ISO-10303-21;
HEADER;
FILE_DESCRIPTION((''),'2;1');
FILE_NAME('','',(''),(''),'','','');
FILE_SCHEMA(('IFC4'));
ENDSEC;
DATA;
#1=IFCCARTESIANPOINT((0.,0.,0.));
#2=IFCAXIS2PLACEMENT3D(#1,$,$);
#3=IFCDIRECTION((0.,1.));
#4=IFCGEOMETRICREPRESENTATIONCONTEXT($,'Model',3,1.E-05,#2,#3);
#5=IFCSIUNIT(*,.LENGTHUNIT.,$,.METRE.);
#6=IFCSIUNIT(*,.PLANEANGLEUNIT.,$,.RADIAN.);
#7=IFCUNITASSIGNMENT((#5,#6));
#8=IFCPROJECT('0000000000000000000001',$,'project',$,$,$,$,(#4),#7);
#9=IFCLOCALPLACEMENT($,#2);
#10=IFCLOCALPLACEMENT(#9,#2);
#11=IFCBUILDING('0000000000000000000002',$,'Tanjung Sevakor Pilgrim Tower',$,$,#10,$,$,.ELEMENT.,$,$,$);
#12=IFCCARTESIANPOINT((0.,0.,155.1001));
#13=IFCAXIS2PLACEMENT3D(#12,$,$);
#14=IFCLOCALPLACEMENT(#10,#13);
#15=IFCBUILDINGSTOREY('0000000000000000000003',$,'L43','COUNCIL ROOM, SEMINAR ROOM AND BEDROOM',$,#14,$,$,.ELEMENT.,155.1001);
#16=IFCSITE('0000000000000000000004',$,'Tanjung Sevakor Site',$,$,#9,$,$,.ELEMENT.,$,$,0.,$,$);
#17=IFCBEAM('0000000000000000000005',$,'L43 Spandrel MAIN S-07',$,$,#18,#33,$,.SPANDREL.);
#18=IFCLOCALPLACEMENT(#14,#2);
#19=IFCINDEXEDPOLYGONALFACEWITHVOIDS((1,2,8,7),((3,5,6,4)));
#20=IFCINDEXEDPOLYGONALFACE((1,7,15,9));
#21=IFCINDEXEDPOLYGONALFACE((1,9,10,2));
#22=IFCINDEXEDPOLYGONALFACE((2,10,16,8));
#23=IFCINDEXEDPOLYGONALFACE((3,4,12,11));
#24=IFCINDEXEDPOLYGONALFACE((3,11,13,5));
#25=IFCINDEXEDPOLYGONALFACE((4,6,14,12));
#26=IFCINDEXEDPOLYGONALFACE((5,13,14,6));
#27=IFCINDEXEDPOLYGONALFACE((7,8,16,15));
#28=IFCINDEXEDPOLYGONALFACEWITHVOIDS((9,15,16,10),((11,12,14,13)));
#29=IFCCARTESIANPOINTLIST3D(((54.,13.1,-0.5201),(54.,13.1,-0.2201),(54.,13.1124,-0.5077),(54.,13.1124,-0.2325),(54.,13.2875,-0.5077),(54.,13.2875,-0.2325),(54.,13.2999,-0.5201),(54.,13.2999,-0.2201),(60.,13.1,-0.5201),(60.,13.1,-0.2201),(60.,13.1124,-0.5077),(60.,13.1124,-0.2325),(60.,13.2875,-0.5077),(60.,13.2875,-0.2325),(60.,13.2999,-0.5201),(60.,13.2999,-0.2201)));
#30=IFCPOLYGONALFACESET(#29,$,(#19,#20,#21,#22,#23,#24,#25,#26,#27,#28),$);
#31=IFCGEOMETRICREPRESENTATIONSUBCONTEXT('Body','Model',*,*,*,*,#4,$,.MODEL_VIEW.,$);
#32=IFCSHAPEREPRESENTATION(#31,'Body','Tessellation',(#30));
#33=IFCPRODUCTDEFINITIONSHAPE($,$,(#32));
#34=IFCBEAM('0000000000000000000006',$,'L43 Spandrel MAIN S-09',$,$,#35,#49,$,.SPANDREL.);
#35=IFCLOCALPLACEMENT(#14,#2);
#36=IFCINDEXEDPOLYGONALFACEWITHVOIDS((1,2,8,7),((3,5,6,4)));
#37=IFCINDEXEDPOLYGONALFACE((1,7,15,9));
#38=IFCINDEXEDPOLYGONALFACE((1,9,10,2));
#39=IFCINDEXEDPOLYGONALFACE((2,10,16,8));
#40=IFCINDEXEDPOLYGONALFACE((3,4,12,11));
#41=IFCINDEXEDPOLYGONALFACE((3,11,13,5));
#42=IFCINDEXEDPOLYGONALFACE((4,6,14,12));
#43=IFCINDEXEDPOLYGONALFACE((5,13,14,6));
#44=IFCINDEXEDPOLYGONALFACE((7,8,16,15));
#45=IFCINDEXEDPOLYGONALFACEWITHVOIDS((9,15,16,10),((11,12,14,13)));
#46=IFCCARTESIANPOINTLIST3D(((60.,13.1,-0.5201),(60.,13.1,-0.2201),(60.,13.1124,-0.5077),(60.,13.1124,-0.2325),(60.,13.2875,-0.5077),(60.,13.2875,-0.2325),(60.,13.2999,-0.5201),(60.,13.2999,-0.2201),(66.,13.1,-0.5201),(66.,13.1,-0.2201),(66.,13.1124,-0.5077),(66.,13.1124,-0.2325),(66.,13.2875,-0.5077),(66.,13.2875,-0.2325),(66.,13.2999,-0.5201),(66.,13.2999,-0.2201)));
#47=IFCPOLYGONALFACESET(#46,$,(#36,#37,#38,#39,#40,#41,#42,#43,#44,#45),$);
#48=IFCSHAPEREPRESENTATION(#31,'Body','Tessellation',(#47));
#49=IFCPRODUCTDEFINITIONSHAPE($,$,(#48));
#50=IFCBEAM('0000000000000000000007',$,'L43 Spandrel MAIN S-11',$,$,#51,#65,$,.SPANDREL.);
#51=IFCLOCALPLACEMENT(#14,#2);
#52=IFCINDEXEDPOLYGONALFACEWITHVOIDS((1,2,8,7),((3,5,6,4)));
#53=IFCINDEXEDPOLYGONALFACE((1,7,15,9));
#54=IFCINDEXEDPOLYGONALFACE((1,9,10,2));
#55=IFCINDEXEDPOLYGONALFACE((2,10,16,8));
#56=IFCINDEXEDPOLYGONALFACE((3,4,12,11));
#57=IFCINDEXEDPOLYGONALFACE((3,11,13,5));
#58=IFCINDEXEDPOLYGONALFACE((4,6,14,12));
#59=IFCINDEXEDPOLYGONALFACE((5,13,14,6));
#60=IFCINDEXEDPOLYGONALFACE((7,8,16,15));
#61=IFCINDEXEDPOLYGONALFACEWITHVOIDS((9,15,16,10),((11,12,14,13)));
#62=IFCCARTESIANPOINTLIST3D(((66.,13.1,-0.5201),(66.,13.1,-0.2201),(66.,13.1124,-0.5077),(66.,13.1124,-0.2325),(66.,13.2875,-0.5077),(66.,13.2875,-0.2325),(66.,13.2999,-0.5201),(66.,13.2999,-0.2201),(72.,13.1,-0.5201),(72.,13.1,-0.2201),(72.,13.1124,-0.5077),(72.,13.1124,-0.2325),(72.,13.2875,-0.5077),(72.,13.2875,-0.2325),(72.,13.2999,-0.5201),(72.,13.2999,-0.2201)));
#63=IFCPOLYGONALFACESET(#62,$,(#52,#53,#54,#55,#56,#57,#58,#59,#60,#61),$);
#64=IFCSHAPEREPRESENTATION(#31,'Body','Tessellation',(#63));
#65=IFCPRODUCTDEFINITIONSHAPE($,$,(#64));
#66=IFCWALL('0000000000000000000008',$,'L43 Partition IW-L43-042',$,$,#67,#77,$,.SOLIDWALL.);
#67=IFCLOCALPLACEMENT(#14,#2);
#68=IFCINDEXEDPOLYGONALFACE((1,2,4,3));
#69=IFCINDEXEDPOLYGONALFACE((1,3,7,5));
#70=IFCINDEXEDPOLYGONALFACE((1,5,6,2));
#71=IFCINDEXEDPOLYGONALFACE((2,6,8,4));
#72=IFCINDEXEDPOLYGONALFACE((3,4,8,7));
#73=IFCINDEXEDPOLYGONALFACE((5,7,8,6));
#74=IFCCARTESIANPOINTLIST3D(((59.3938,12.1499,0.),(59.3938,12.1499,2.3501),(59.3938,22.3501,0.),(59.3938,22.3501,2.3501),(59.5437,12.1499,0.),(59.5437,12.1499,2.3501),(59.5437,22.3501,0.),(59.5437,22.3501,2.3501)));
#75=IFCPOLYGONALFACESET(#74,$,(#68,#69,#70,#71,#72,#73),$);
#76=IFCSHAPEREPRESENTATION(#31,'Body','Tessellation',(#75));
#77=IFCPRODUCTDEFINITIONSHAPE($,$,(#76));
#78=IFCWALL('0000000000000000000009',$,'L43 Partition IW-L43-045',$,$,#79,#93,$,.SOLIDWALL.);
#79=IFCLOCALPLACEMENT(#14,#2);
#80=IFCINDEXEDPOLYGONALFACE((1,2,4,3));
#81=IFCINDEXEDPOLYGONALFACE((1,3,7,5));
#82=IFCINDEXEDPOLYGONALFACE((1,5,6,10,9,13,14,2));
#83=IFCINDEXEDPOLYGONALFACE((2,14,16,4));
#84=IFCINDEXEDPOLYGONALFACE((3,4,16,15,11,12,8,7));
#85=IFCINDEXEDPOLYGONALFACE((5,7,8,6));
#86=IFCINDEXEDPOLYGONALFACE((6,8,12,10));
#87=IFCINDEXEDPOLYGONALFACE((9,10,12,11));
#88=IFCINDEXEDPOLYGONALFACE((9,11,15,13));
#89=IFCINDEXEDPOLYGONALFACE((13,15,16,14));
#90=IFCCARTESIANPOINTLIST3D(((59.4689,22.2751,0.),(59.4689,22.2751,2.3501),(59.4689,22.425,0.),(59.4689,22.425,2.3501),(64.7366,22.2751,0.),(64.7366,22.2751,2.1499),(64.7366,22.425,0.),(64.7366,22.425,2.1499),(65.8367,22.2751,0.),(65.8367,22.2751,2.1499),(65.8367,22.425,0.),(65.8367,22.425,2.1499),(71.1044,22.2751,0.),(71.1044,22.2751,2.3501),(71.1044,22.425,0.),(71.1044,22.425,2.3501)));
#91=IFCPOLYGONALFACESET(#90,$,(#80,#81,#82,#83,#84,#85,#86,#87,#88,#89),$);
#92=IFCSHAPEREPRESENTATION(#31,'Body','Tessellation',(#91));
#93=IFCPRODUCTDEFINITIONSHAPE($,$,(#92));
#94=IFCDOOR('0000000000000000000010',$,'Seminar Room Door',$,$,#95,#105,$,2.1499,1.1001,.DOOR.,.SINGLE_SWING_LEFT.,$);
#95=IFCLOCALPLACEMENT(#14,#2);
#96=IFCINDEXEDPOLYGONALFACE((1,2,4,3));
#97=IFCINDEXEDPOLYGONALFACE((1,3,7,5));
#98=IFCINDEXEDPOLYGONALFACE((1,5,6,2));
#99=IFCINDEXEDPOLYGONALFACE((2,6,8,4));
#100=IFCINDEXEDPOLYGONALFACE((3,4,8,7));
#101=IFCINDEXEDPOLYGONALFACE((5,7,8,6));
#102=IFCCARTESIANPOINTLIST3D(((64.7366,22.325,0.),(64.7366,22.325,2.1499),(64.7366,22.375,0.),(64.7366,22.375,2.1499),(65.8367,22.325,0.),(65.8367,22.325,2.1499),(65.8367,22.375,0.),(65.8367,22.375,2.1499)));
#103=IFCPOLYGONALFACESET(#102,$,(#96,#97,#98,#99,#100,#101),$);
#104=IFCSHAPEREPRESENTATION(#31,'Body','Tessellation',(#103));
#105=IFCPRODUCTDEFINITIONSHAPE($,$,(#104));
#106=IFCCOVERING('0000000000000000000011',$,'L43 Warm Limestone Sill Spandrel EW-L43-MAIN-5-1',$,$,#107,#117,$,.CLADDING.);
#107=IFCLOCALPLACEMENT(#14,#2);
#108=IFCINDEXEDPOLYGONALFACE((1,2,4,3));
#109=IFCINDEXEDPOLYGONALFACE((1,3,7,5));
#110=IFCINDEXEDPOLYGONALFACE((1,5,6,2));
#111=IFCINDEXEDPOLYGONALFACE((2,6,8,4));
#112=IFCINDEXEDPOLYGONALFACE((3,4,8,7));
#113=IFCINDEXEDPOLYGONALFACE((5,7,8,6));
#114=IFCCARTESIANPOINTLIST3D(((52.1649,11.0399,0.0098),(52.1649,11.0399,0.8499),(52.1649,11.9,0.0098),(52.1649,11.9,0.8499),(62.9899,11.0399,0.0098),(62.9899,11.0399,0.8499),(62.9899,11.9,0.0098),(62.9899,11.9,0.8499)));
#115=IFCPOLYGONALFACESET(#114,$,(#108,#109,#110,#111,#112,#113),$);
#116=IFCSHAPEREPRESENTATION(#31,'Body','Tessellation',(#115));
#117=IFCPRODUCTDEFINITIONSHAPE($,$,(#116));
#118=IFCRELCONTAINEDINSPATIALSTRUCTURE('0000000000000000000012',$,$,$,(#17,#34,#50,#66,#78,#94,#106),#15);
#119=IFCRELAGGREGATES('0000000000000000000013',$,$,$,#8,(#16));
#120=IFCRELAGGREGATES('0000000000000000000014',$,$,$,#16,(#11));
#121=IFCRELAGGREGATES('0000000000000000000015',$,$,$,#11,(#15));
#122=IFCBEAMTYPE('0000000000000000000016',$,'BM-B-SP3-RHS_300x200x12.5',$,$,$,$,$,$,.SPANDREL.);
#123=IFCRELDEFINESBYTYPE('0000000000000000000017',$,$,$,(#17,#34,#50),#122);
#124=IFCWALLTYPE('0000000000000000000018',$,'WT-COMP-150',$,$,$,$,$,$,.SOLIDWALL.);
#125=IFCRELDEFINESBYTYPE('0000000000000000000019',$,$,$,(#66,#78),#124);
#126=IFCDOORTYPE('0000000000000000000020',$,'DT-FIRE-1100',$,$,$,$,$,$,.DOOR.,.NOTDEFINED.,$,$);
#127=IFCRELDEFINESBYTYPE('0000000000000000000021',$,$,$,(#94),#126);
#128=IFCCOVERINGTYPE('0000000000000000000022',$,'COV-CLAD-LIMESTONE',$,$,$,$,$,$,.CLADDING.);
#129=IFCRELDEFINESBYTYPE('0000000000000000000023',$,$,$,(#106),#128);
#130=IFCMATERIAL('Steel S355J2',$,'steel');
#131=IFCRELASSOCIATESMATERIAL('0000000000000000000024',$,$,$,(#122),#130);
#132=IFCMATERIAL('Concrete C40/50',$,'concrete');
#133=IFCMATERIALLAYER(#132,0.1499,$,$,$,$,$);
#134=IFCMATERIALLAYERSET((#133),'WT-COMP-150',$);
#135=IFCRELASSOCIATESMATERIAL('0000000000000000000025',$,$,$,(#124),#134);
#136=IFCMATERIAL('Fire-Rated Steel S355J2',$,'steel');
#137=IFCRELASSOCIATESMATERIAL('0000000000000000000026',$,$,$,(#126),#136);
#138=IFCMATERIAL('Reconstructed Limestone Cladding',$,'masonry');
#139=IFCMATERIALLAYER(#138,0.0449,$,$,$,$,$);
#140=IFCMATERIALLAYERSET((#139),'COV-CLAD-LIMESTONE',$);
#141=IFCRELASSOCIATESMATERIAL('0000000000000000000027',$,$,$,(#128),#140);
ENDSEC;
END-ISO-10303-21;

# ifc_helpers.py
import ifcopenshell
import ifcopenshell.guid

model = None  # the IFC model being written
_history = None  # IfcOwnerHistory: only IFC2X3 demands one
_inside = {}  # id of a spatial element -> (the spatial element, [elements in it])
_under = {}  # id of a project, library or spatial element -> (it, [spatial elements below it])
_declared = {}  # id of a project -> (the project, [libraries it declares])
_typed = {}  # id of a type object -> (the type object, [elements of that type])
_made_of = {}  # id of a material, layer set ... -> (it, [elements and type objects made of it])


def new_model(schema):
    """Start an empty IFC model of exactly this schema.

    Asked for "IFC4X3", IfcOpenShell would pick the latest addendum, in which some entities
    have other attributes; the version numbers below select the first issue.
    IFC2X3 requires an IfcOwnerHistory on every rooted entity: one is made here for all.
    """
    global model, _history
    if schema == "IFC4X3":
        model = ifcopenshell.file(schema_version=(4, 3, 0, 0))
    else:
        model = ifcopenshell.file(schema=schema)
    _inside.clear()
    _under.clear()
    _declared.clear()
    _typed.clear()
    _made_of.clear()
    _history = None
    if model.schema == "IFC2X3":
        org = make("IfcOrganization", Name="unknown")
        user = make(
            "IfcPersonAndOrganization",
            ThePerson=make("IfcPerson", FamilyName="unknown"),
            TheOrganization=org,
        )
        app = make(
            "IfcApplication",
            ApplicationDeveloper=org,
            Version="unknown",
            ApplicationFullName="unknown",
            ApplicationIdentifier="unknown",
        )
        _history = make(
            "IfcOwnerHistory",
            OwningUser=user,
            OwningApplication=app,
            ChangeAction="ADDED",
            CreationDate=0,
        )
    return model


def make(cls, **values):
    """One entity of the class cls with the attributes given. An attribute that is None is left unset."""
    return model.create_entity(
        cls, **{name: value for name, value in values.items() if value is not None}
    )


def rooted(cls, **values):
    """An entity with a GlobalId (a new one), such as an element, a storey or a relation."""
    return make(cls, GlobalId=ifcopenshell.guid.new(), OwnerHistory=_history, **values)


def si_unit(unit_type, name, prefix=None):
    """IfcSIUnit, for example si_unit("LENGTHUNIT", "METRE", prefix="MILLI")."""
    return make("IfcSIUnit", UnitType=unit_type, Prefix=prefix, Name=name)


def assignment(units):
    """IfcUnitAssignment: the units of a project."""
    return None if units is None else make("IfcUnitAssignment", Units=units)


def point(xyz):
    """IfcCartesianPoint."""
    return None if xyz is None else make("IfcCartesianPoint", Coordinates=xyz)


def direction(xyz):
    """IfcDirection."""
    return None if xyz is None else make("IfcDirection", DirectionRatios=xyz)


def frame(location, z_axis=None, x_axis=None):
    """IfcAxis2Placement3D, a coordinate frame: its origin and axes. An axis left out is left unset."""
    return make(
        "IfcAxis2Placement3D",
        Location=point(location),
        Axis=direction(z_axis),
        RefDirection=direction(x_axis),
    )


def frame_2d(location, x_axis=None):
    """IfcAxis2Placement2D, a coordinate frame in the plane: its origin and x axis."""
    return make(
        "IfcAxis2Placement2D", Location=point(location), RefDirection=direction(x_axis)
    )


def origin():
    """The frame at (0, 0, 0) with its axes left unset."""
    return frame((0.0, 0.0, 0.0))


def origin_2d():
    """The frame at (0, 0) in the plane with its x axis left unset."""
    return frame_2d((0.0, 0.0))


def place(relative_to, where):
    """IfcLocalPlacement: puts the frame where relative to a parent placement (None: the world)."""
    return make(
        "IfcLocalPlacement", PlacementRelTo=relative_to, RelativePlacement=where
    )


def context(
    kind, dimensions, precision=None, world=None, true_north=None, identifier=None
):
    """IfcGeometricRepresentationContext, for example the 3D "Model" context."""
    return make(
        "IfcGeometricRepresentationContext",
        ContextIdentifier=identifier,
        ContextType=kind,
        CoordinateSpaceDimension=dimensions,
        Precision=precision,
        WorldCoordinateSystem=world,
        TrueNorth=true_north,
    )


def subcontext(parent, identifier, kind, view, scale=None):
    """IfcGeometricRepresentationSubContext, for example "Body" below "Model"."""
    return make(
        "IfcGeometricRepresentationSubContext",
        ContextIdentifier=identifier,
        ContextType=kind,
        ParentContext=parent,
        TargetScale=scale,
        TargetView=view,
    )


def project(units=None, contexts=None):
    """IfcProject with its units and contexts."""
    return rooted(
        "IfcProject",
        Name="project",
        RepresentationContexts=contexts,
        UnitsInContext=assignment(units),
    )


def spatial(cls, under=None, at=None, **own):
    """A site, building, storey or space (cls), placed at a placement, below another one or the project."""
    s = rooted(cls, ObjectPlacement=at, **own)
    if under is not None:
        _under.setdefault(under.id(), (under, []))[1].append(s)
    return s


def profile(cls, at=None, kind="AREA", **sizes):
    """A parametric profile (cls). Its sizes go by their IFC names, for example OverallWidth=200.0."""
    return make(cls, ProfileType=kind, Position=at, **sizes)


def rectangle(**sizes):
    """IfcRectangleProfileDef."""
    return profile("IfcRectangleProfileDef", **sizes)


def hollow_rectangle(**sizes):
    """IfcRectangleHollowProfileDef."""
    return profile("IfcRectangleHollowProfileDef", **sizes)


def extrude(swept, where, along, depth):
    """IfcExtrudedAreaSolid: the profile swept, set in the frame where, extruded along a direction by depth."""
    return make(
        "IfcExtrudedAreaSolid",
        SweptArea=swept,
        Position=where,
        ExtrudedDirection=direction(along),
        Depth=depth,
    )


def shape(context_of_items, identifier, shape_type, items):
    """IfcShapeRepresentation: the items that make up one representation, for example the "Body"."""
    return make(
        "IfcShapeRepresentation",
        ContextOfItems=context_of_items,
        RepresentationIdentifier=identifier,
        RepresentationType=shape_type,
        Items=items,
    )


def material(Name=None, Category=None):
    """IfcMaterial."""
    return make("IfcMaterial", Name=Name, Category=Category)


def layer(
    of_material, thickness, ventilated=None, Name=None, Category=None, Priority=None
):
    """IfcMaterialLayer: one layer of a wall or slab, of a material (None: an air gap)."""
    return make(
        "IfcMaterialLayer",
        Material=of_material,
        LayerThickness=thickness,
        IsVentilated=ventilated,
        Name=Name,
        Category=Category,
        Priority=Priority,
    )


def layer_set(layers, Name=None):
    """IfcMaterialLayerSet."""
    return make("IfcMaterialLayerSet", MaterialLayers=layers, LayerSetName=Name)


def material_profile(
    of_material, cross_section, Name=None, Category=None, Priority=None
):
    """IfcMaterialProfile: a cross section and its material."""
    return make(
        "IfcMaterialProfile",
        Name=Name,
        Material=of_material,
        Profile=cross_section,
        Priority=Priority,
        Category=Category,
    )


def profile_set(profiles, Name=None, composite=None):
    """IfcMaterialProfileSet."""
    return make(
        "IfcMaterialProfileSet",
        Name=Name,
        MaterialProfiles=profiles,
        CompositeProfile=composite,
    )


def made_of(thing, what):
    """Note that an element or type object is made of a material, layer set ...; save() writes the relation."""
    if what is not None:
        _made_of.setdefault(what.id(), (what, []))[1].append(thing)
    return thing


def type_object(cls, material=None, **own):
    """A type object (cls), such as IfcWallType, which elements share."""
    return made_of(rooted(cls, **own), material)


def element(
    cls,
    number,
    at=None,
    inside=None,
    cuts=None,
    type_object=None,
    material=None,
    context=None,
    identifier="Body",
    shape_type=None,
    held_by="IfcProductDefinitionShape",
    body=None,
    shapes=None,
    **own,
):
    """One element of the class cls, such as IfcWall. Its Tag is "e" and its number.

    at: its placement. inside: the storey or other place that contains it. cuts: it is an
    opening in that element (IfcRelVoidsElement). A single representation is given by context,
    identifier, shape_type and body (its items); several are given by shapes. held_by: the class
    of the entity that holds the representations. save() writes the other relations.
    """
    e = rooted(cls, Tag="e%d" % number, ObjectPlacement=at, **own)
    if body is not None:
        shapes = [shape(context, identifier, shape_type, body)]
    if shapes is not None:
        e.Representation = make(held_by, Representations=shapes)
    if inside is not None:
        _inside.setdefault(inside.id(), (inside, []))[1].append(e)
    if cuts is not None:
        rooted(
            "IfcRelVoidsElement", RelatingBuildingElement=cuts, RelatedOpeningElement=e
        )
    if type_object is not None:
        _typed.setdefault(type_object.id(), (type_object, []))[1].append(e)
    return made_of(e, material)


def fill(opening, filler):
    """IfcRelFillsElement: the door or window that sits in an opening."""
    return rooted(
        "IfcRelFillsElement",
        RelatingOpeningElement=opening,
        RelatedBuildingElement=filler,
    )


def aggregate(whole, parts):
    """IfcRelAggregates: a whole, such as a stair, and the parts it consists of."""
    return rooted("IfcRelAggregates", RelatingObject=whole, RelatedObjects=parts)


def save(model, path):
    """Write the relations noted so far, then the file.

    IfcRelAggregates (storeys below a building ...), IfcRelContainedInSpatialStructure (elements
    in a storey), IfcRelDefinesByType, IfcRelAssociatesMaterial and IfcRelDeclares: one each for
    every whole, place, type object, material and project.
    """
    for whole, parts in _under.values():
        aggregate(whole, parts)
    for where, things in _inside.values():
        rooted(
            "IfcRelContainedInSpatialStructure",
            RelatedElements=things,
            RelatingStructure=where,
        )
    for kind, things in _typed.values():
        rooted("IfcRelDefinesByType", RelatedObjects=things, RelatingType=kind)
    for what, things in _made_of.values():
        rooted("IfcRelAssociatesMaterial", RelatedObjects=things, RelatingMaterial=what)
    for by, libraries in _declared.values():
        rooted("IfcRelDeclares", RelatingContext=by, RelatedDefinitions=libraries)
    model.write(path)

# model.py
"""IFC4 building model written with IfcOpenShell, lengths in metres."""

from ifc_helpers import new_model, si_unit, direction, frame, frame_2d, origin, origin_2d, place, context, subcontext, project, spatial, rectangle, hollow_rectangle, extrude, material, layer, layer_set, material_profile, profile_set, type_object, element, fill, save


model = new_model("IFC4")

# Units and contexts
model_context = context("Model", 3, precision=1e-05, world=origin(), true_north=direction((0.0, 1.0)))
body_context = subcontext(model_context, "Body", "Model", "MODEL_VIEW")
ifc_project = project(units=[si_unit("LENGTHUNIT", "METRE"), si_unit("PLANEANGLEUNIT", "RADIAN")], contexts=[model_context])

# Site, building, storey
site_placement = place(None, origin())
site = spatial("IfcSite", under=ifc_project, at=site_placement, Name="Tanjung Sevakor Site", CompositionType="ELEMENT", RefElevation=0.0)
building_placement = place(site_placement, origin())
building = spatial("IfcBuilding", under=site, at=building_placement, Name="Tanjung Sevakor Pilgrim Tower", CompositionType="ELEMENT")
storey_placement = place(building_placement, frame((0.0, 0.0, 155.1001)))
storey = spatial("IfcBuildingStorey", under=building, at=storey_placement, Name="L43", Description="COUNCIL ROOM, SEMINAR ROOM AND BEDROOM", CompositionType="ELEMENT", Elevation=155.1001)

# Beams
ifc_material_1 = material(Name="Steel S355J2", Category="steel")
ifc_material_profile_1 = material_profile(ifc_material_1, hollow_rectangle(XDim=0.2, YDim=0.3, WallThickness=0.0125, at=origin_2d()))
ifc_profile_set_1 = profile_set([ifc_material_profile_1], Name="Steel S355J2")
beam_type_1 = type_object("IfcBeamType", Name="BM-B-SP3-RHS_300x200x12.5", PredefinedType="SPANDREL", material=ifc_profile_set_1)
for number, where, z_axis, x_axis, name in (
    (1, (54.0, 13.2, -0.3701), (1.0, 0.0, 0.0), (0.0, 1.0, 0.0), "L43 Spandrel MAIN S-07"),
    (2, (60.0, 13.2, -0.3701), (1.0, 0.0, 0.0), (0.0, 1.0, 0.0), "L43 Spandrel MAIN S-09"),
    (3, (66.0, 13.2, -0.3701), (1.0, 0.0, 0.0), (0.0, 1.0, 0.0), "L43 Spandrel MAIN S-11"),
):
    element("IfcBeam", number, at=place(storey_placement, frame(where, z_axis=z_axis, x_axis=x_axis)), inside=storey, type_object=beam_type_1, Name=name, PredefinedType="SPANDREL", context=body_context, shape_type="SweptSolid", body=[
        extrude(hollow_rectangle(XDim=0.2, YDim=0.3, WallThickness=0.0125, at=origin_2d()), origin(), (0.0, 0.0, 1.0), 6.0),
    ])

# Wall
ifc_material_2 = material(Name="Concrete C40/50", Category="concrete")
ifc_layer_1 = layer(ifc_material_2, 0.1499)
ifc_layer_set_1 = layer_set([ifc_layer_1], Name="WT-COMP-150")
wall_type = type_object("IfcWallType", Name="WT-COMP-150", PredefinedType="SOLIDWALL", material=ifc_layer_set_1)
wall_1_placement = place(storey_placement, frame((59.4688, 12.1499, 0.0), z_axis=(0.0, 0.0, 1.0), x_axis=(0.0, 1.0, 0.0)))
element("IfcWall", 4, at=wall_1_placement, inside=storey, type_object=wall_type, Name="L43 Partition IW-L43-042", PredefinedType="SOLIDWALL", context=body_context, shape_type="SweptSolid", body=[
    extrude(rectangle(XDim=10.2002, YDim=0.1499, at=frame_2d((5.1001, 0.0))), origin(), (0.0, 0.0, 1.0), 2.3501),
])

# Wall, opening, door
wall_2_placement = place(storey_placement, frame((59.4688, 22.3501, 0.0), z_axis=(0.0, 0.0, 1.0), x_axis=(1.0, 0.0, 0.0)))
wall_2 = element("IfcWall", 5, at=wall_2_placement, inside=storey, type_object=wall_type, Name="L43 Partition IW-L43-045", PredefinedType="SOLIDWALL", context=body_context, shape_type="SweptSolid", body=[
    extrude(rectangle(XDim=11.6355, YDim=0.1499, at=frame_2d((5.8179, 0.0))), origin(), (0.0, 0.0, 1.0), 2.3501),
])
opening_placement = place(wall_2_placement, frame((5.2678, 0.0, 0.0)))
opening = element("IfcOpeningElement", 6, at=opening_placement, cuts=wall_2, PredefinedType="OPENING", context=body_context, shape_type="SweptSolid", body=[
    extrude(rectangle(XDim=1.1001, YDim=2.1499, at=frame_2d((0.55, 1.075))), frame((0.0, 0.085, 0.0), z_axis=(0.0, -1.0, 0.0), x_axis=(1.0, 0.0, 0.0)), (0.0, 0.0, 1.0), 0.1699),
])
ifc_material_3 = material(Name="Fire-Rated Steel S355J2", Category="steel")
door_type = type_object("IfcDoorType", Name="DT-FIRE-1100", OperationType="NOTDEFINED", PredefinedType="DOOR", material=ifc_material_3)
door_placement = place(opening_placement, origin())
door = element("IfcDoor", 7, at=door_placement, inside=storey, type_object=door_type, Name="Seminar Room Door", OperationType="SINGLE_SWING_LEFT", OverallHeight=2.1499, OverallWidth=1.1001, PredefinedType="DOOR", context=body_context, shape_type="SweptSolid", body=[
    extrude(rectangle(XDim=1.1001, YDim=2.1499, at=frame_2d((0.55, 1.075))), frame((0.0, 0.0249, 0.0), z_axis=(0.0, -1.0, 0.0), x_axis=(1.0, 0.0, 0.0)), (0.0, 0.0, 1.0), 0.05),
])
fill(opening, door)

# Covering
ifc_material_4 = material(Name="Reconstructed Limestone Cladding", Category="masonry")
ifc_layer_2 = layer(ifc_material_4, 0.0449)
ifc_layer_set_2 = layer_set([ifc_layer_2], Name="COV-CLAD-LIMESTONE")
covering_type = type_object("IfcCoveringType", Name="COV-CLAD-LIMESTONE", PredefinedType="CLADDING", material=ifc_layer_set_2)
covering_placement = place(storey_placement, frame((57.5774, 11.47, 0.0098), z_axis=(0.0, 0.0, 1.0), x_axis=(1.0, 0.0, 0.0)))
element("IfcCovering", 8, at=covering_placement, inside=storey, type_object=covering_type, Name="L43 Warm Limestone Sill Spandrel EW-L43-MAIN-5-1", PredefinedType="CLADDING", context=body_context, shape_type="SweptSolid", body=[
    extrude(rectangle(XDim=10.825, YDim=0.8601, at=origin_2d()), origin(), (0.0, 0.0, 1.0), 0.8401),
])

save(model, "model.ifc")
